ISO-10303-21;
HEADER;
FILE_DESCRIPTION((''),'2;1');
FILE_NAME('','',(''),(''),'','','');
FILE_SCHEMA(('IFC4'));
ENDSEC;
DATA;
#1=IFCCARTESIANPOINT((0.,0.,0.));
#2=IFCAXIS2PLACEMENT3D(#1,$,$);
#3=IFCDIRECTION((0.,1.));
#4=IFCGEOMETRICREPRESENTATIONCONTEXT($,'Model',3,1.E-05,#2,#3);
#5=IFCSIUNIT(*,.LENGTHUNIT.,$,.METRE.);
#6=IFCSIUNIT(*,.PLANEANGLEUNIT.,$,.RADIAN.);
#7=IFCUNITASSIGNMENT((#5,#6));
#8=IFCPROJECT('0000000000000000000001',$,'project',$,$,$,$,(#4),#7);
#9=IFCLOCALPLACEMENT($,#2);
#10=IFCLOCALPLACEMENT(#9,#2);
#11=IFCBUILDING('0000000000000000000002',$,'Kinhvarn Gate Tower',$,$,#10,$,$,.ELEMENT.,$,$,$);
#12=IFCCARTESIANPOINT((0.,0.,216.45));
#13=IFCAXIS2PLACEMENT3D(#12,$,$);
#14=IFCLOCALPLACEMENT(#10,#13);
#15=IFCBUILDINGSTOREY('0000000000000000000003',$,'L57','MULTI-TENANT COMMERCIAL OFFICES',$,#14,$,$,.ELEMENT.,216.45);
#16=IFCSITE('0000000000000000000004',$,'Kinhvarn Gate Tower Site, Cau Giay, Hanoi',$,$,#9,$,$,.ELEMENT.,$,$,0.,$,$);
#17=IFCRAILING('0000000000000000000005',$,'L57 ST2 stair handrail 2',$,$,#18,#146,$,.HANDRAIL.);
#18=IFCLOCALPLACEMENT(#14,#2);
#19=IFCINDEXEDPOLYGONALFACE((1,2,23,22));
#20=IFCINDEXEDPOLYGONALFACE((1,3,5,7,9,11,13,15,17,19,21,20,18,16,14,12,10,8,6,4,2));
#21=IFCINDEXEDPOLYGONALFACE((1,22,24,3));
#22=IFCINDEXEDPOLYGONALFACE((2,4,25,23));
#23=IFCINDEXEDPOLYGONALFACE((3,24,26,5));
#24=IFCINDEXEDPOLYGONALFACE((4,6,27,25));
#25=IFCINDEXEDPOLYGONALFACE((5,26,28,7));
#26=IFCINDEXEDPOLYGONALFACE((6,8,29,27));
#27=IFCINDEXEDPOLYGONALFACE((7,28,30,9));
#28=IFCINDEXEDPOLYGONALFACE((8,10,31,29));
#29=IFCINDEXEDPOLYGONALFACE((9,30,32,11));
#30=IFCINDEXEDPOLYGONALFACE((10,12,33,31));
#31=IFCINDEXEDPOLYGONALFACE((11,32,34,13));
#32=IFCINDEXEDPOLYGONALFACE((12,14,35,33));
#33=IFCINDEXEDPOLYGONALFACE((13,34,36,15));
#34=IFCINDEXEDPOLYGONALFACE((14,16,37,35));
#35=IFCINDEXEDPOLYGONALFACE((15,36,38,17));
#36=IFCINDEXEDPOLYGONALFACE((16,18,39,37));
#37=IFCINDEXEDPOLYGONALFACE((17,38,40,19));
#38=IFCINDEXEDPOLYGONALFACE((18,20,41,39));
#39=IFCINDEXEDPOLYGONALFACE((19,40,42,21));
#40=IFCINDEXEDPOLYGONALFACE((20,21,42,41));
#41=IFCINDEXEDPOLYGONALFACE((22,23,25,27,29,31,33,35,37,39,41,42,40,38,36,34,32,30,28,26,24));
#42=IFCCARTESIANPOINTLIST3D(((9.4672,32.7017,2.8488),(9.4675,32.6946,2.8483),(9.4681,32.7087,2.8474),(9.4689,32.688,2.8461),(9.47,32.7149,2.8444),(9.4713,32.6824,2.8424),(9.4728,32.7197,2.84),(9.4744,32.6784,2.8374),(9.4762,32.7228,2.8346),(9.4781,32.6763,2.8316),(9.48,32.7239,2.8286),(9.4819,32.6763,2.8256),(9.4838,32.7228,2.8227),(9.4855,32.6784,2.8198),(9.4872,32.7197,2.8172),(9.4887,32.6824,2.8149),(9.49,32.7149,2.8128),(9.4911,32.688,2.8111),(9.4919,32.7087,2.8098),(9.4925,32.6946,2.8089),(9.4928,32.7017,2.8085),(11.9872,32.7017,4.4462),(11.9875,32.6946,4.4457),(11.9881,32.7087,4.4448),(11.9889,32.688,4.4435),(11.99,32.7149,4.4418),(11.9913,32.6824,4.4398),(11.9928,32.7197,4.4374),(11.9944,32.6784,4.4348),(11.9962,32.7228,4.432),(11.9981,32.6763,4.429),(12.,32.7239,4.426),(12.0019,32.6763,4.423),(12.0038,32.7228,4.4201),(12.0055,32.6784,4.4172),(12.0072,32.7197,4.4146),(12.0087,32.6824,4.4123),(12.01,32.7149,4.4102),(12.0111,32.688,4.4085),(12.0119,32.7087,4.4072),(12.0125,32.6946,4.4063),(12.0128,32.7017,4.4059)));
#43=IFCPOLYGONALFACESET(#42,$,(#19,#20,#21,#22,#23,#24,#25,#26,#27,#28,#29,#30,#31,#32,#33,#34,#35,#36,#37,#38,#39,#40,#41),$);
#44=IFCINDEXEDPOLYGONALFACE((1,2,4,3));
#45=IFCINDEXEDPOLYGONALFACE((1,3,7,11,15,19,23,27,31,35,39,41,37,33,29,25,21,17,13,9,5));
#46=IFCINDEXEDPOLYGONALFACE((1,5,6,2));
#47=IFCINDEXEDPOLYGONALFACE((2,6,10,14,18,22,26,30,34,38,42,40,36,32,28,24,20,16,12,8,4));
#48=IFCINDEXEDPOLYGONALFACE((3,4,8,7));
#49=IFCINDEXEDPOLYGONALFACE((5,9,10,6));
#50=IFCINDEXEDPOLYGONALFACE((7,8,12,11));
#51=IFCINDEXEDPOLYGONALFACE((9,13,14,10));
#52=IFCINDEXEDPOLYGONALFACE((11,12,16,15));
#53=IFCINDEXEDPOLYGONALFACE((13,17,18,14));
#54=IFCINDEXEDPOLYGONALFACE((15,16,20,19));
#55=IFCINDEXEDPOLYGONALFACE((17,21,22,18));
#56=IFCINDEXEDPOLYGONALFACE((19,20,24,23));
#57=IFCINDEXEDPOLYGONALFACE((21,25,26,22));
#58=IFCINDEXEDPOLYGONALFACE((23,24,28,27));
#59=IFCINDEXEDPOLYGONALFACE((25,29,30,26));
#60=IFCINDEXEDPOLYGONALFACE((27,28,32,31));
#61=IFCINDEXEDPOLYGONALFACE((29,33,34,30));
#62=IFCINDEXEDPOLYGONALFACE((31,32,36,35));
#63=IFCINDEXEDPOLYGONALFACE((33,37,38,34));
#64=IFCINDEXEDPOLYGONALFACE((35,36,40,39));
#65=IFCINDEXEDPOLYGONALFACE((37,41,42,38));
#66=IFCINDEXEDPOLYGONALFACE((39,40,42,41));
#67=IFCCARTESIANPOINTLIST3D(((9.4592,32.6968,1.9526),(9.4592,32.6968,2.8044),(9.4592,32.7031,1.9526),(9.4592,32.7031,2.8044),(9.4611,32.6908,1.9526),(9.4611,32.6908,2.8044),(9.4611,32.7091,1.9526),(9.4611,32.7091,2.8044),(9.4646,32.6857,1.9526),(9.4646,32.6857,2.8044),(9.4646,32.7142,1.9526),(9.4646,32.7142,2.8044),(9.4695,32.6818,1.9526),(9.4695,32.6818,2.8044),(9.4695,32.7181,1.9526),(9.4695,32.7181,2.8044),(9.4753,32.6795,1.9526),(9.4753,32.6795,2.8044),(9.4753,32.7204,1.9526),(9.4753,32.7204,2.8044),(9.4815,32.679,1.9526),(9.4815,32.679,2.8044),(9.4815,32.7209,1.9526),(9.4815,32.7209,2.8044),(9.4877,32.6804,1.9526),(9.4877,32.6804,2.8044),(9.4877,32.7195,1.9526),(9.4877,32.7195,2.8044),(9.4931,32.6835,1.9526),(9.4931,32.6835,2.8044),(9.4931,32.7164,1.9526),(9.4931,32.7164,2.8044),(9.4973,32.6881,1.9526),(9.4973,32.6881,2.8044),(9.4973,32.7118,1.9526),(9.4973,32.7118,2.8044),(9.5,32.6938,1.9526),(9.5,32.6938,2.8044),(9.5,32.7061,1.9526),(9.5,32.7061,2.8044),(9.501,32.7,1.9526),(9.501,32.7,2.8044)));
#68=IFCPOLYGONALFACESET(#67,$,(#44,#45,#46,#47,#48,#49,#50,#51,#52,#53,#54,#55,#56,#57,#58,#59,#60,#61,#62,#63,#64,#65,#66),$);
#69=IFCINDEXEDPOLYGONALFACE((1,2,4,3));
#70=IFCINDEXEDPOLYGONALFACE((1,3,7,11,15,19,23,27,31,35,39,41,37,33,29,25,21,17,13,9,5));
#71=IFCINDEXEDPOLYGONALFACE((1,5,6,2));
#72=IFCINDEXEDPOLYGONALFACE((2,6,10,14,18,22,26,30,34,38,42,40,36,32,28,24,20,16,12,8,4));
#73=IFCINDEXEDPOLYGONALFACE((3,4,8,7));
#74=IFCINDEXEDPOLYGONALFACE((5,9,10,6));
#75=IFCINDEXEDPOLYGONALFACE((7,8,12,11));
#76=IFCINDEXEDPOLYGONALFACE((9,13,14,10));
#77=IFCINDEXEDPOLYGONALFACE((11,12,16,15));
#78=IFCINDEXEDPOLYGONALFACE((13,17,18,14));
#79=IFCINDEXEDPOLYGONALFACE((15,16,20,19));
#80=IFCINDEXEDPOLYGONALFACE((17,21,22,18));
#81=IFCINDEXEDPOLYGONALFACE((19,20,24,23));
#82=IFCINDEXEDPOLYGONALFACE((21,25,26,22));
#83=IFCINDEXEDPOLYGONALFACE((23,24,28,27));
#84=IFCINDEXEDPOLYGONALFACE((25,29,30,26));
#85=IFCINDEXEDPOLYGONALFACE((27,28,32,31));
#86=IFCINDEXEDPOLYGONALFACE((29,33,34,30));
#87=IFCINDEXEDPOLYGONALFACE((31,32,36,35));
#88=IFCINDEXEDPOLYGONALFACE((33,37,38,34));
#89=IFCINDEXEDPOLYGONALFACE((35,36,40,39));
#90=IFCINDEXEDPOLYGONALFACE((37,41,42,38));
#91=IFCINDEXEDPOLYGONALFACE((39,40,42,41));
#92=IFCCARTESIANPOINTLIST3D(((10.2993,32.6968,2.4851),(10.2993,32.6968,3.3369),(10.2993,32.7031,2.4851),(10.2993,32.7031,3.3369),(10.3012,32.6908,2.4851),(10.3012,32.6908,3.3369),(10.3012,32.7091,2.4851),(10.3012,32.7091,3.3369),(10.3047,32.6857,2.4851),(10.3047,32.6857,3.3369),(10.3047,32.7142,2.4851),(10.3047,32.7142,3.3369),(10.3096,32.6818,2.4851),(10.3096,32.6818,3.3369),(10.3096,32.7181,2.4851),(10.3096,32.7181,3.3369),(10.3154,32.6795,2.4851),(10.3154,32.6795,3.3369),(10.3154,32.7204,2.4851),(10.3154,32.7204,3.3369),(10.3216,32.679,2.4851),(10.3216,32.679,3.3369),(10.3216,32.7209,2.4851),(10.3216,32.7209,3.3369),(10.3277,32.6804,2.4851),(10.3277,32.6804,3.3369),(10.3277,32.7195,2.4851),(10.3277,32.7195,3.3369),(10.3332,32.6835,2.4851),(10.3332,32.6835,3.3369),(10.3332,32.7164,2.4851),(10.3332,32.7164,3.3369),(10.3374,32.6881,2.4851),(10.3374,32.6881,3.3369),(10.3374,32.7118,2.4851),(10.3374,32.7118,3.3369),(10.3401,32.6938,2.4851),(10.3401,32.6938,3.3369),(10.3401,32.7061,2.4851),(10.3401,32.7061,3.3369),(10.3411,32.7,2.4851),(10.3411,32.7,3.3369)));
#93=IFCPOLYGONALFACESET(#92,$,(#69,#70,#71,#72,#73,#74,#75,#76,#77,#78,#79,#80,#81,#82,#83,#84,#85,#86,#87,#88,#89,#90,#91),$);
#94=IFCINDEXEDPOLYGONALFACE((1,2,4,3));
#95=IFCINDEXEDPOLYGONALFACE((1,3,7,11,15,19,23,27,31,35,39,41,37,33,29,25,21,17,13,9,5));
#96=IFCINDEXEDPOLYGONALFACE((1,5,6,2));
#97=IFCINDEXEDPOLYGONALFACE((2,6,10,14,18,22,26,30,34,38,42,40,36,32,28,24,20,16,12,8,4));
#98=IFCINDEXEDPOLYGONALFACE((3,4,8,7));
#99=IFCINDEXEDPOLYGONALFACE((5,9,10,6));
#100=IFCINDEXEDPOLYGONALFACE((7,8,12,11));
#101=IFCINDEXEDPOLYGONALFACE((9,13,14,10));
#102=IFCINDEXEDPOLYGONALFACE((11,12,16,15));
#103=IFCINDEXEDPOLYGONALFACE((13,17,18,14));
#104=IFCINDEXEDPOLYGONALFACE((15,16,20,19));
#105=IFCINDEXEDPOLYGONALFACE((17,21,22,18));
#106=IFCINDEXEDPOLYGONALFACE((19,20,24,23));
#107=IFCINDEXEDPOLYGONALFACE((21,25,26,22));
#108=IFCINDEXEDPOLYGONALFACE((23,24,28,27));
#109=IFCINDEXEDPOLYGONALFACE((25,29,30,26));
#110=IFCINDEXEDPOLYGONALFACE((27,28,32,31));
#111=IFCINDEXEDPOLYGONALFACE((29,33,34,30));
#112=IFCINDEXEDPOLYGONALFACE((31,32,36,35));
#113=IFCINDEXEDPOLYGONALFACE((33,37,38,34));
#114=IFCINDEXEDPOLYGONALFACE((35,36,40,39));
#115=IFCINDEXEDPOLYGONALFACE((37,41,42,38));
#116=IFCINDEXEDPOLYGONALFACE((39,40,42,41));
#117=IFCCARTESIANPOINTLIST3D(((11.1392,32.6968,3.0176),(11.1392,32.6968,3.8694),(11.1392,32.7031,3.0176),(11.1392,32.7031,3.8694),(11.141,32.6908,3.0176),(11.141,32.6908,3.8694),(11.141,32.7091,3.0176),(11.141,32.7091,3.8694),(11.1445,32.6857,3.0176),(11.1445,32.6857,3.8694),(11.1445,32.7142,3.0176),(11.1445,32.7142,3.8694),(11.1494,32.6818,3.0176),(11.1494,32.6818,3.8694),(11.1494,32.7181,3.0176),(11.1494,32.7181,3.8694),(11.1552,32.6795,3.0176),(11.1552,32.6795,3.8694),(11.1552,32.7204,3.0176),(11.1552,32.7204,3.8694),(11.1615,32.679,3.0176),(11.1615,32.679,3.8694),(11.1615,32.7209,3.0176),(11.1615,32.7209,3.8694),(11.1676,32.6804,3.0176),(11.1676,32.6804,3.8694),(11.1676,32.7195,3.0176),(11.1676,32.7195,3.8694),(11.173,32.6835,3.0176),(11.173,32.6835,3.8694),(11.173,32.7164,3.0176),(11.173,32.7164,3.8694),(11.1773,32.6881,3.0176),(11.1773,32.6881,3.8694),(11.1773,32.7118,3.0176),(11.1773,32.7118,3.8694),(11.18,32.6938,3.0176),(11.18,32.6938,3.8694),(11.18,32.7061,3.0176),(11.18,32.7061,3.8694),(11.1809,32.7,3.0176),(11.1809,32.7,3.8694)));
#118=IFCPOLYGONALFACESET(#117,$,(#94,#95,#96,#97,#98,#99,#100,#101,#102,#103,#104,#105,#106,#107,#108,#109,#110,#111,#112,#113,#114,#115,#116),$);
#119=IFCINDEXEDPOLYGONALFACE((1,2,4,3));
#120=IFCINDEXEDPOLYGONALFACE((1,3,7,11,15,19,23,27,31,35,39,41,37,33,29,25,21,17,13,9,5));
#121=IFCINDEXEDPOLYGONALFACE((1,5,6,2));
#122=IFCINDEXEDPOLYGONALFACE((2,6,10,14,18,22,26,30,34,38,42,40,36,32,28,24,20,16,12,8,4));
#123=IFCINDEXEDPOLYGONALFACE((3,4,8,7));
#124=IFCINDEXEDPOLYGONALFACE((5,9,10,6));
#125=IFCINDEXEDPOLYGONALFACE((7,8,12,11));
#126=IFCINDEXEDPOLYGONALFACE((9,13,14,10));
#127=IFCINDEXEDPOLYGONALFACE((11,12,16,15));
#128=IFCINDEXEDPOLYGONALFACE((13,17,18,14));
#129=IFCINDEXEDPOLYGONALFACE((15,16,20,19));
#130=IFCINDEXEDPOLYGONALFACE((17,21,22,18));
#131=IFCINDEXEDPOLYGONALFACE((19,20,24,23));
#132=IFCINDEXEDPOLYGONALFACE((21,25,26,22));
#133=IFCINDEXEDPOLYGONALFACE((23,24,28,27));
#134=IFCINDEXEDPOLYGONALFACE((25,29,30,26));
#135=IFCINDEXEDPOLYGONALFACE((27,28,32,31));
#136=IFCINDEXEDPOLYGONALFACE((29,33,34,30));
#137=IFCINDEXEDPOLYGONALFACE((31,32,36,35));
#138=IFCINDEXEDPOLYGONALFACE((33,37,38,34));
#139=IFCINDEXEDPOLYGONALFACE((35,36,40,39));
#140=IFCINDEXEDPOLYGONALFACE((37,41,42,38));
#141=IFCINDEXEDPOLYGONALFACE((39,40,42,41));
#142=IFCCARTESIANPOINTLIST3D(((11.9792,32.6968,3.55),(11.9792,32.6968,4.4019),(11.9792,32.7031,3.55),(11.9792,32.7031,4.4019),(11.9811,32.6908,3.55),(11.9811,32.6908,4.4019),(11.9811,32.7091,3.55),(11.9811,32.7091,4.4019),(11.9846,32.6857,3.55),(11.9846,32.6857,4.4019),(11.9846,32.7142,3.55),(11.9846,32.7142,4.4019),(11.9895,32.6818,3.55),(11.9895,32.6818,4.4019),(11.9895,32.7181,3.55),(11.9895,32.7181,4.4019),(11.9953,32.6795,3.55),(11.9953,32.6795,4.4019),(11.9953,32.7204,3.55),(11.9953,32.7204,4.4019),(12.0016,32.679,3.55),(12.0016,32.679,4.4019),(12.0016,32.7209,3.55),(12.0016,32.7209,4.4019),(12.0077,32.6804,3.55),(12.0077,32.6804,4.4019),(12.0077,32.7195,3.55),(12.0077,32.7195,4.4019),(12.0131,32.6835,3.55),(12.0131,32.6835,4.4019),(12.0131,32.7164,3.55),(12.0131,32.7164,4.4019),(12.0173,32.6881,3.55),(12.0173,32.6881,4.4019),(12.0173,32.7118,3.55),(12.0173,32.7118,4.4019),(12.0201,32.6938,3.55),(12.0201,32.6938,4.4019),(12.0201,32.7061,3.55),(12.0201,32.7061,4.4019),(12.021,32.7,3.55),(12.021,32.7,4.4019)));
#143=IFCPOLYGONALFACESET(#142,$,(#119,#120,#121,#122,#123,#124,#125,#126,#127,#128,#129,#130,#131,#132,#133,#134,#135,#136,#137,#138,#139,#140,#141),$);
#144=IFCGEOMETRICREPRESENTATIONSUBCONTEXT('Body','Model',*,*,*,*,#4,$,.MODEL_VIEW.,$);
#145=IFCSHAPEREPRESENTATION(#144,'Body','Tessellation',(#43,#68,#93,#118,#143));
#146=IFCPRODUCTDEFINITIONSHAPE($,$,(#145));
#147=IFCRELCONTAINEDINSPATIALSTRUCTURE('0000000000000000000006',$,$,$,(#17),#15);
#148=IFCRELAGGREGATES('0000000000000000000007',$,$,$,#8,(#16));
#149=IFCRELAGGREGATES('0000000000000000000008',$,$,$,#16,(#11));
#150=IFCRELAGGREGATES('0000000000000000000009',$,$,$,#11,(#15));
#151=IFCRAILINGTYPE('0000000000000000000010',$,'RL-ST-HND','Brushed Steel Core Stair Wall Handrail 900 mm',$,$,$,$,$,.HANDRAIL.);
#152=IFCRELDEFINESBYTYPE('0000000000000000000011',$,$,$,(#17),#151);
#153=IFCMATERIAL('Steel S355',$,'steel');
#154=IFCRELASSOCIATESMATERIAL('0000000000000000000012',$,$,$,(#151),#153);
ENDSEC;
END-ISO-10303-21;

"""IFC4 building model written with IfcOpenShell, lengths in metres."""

from ifc_helpers import new_model, si_unit, direction, frame, origin, origin_2d, place, context, subcontext, project, spatial, circle, extrude, material, type_object, element, save


model = new_model("IFC4")

# Units and contexts
model_context = context("Model", 3, precision=1e-05, world=origin(), true_north=direction((0.0, 1.0)))
body_context = subcontext(model_context, "Body", "Model", "MODEL_VIEW")
ifc_project = project(units=[si_unit("LENGTHUNIT", "METRE"), si_unit("PLANEANGLEUNIT", "RADIAN")], contexts=[model_context])

# Site, building, storey
site_placement = place(None, origin())
site = spatial("IfcSite", under=ifc_project, at=site_placement, Name="Kinhvarn Gate Tower Site, Cau Giay, Hanoi", CompositionType="ELEMENT", RefElevation=0.0)
building_placement = place(site_placement, origin())
building = spatial("IfcBuilding", under=site, at=building_placement, Name="Kinhvarn Gate Tower", CompositionType="ELEMENT")
storey_placement = place(building_placement, frame((0.0, 0.0, 216.45)))
storey = spatial("IfcBuildingStorey", under=building, at=storey_placement, Name="L57", Description="MULTI-TENANT COMMERCIAL OFFICES", CompositionType="ELEMENT", Elevation=216.45)

# Railing
ifc_material_1 = material(Name="Steel S355", Category="steel")
railing_type_1 = type_object("IfcRailingType", Name="RL-ST-HND", Description="Brushed Steel Core Stair Wall Handrail 900 mm", PredefinedType="HANDRAIL", material=ifc_material_1)
railing_1_placement = place(storey_placement, frame((9.48, 32.7, 1.9526)))
element("IfcRailing", 1, at=railing_1_placement, inside=storey, type_object=railing_type_1, Name="L57 ST2 stair handrail 2", PredefinedType="HANDRAIL", context=body_context, shape_type="SweptSolid", body=[
    extrude(circle(Radius=0.0239, at=origin_2d()), frame((0.0, 0.0, 0.876), z_axis=(0.844607, 0.0, 0.535387), x_axis=(0.0, 1.0, 0.0)), (0.0, 0.0, 1.0), 2.9836),
    extrude(circle(Radius=0.021, at=origin_2d()), origin(), (0.0, 0.0, 1.0), 0.8518),
    extrude(circle(Radius=0.021, at=origin_2d()), frame((0.8401, 0.0, 0.5325)), (0.0, 0.0, 1.0), 0.8518),
    extrude(circle(Radius=0.021, at=origin_2d()), frame((1.6799, 0.0, 1.0649)), (0.0, 0.0, 1.0), 0.8518),
    extrude(circle(Radius=0.021, at=origin_2d()), frame((2.52, 0.0, 1.5974)), (0.0, 0.0, 1.0), 0.8518),
])

save(model, "model.ifc")
